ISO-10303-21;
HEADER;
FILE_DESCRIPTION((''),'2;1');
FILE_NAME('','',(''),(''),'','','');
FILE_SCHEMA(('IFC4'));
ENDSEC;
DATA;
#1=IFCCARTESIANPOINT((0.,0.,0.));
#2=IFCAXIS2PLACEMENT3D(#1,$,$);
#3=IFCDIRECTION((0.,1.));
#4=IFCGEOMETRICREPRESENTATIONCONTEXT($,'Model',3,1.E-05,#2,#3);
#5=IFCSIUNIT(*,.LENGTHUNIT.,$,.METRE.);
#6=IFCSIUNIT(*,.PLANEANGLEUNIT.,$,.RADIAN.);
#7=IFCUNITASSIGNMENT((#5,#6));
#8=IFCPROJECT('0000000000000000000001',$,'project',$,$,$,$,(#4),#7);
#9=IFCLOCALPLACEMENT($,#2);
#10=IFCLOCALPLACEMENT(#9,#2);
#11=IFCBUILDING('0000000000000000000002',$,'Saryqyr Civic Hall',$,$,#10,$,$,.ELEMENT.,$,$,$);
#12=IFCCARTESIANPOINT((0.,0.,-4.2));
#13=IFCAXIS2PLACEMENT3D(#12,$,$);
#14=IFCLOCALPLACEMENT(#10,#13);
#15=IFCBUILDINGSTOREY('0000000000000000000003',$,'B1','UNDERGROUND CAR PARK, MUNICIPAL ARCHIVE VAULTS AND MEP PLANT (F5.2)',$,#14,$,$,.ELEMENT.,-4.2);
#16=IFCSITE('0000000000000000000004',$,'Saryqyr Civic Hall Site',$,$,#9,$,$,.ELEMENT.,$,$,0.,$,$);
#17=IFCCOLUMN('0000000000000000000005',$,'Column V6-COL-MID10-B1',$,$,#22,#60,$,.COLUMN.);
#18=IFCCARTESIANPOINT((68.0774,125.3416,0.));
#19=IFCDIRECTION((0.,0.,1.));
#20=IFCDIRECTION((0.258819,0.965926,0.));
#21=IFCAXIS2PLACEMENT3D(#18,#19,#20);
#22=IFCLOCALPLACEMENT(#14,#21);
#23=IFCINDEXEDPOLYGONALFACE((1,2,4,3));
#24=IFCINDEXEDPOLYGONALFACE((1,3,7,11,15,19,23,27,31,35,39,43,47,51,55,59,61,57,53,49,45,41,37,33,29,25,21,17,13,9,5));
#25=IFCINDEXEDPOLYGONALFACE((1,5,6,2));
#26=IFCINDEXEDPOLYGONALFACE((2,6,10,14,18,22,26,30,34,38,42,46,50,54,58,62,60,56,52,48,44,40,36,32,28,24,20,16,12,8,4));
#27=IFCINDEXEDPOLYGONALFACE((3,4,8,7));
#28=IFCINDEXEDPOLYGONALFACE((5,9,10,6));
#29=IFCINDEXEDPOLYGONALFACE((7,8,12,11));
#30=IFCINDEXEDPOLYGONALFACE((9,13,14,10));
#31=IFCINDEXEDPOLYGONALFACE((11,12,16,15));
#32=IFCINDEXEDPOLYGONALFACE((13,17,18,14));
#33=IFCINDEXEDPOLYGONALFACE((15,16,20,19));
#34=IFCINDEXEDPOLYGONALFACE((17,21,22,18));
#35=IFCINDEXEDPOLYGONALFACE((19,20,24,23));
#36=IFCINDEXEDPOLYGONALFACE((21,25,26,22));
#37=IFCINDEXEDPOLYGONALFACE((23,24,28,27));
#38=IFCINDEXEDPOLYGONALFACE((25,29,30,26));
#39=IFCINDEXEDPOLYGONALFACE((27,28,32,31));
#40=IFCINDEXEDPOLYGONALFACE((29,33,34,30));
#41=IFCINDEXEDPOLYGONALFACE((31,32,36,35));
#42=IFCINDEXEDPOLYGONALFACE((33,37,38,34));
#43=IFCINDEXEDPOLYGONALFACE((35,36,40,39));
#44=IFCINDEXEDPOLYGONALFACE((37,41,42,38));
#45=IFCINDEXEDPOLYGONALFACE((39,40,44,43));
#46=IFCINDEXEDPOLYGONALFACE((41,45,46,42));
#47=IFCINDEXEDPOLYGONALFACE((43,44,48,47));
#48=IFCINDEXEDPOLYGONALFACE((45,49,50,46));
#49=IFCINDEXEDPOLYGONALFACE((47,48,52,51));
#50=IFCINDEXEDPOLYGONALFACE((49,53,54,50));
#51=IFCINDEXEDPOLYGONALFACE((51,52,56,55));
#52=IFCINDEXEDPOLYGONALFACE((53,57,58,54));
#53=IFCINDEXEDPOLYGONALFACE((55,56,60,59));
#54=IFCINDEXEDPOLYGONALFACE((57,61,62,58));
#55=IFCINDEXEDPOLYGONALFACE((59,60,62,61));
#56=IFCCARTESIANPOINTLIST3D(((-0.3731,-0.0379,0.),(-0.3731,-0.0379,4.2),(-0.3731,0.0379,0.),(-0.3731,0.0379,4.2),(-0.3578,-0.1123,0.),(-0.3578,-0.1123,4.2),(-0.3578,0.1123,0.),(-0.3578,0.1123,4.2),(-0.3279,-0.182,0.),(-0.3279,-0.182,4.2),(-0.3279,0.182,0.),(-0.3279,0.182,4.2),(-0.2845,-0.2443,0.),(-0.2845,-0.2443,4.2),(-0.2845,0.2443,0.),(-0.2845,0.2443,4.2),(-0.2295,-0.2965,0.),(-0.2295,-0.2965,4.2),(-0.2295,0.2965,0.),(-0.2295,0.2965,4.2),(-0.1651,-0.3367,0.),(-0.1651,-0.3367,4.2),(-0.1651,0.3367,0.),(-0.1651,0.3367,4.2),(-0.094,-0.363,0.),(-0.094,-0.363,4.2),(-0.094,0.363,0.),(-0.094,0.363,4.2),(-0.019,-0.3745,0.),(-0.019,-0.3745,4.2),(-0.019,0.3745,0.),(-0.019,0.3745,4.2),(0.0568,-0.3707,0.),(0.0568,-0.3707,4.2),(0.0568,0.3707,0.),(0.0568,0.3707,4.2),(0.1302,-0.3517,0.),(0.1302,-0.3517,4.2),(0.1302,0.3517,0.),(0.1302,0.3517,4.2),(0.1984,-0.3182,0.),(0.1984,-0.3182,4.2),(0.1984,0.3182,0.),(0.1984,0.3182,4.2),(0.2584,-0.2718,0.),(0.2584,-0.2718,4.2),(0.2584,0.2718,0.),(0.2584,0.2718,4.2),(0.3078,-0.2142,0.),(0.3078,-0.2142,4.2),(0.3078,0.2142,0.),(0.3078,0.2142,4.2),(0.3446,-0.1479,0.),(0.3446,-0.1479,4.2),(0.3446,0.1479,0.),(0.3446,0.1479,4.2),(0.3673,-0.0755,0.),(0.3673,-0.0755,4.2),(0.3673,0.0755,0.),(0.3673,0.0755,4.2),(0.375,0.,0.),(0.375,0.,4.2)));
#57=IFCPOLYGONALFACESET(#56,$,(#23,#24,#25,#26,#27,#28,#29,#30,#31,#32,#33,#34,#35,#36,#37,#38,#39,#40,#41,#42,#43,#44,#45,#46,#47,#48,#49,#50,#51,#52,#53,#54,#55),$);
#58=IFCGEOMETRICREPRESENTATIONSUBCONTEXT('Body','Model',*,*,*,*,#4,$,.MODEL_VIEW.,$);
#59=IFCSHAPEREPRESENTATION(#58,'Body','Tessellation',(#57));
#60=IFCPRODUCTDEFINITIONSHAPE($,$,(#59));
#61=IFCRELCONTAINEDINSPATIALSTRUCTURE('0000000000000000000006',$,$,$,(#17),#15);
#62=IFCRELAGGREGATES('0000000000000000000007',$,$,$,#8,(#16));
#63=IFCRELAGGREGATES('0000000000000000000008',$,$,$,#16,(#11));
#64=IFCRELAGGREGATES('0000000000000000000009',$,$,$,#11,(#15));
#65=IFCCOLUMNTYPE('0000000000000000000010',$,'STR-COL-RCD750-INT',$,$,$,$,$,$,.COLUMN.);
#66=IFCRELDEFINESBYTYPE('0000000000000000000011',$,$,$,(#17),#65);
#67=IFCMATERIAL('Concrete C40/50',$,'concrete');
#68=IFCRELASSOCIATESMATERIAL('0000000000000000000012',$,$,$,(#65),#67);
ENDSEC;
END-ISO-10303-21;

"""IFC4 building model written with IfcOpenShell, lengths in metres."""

from ifc_helpers import new_model, si_unit, direction, frame, origin, origin_2d, place, context, subcontext, project, spatial, circle, extrude, material, material_profile, profile_set, type_object, element, save


model = new_model("IFC4")

# Units and contexts
model_context = context("Model", 3, precision=1e-05, world=origin(), true_north=direction((0.0, 1.0)))
body_context = subcontext(model_context, "Body", "Model", "MODEL_VIEW")
ifc_project = project(units=[si_unit("LENGTHUNIT", "METRE"), si_unit("PLANEANGLEUNIT", "RADIAN")], contexts=[model_context])

# Site, building, storey
site_placement = place(None, origin())
site = spatial("IfcSite", under=ifc_project, at=site_placement, Name="Saryqyr Civic Hall Site", CompositionType="ELEMENT", RefElevation=0.0)
building_placement = place(site_placement, origin())
building = spatial("IfcBuilding", under=site, at=building_placement, Name="Saryqyr Civic Hall", CompositionType="ELEMENT")
storey_placement = place(building_placement, frame((0.0, 0.0, -4.2)))
storey = spatial("IfcBuildingStorey", under=building, at=storey_placement, Name="B1", Description="UNDERGROUND CAR PARK, MUNICIPAL ARCHIVE VAULTS AND MEP PLANT (F5.2)", CompositionType="ELEMENT", Elevation=-4.2)

# Column
ifc_material_1 = material(Name="Concrete C40/50", Category="concrete")
ifc_material_profile_1 = material_profile(ifc_material_1, circle(Radius=0.375, at=origin_2d()), Name="RC D750")
ifc_profile_set_1 = profile_set([ifc_material_profile_1], Name="Concrete C40/50")
column_type_1 = type_object("IfcColumnType", Name="STR-COL-RCD750-INT", PredefinedType="COLUMN", material=ifc_profile_set_1)
for number, where, z_axis, x_axis, name in (
    (1, (68.0774, 125.3416, 0.0), (0.0, 0.0, 1.0), (0.258819, 0.965926, 0.0), "Column V6-COL-MID10-B1"),
):
    element("IfcColumn", number, at=place(storey_placement, frame(where, z_axis=z_axis, x_axis=x_axis)), inside=storey, type_object=column_type_1, Name=name, PredefinedType="COLUMN", context=body_context, shape_type="SweptSolid", body=[
        extrude(circle(Radius=0.375, at=origin_2d()), origin(), (0.0, 0.0, 1.0), 4.2),
    ])

save(model, "model.ifc")
